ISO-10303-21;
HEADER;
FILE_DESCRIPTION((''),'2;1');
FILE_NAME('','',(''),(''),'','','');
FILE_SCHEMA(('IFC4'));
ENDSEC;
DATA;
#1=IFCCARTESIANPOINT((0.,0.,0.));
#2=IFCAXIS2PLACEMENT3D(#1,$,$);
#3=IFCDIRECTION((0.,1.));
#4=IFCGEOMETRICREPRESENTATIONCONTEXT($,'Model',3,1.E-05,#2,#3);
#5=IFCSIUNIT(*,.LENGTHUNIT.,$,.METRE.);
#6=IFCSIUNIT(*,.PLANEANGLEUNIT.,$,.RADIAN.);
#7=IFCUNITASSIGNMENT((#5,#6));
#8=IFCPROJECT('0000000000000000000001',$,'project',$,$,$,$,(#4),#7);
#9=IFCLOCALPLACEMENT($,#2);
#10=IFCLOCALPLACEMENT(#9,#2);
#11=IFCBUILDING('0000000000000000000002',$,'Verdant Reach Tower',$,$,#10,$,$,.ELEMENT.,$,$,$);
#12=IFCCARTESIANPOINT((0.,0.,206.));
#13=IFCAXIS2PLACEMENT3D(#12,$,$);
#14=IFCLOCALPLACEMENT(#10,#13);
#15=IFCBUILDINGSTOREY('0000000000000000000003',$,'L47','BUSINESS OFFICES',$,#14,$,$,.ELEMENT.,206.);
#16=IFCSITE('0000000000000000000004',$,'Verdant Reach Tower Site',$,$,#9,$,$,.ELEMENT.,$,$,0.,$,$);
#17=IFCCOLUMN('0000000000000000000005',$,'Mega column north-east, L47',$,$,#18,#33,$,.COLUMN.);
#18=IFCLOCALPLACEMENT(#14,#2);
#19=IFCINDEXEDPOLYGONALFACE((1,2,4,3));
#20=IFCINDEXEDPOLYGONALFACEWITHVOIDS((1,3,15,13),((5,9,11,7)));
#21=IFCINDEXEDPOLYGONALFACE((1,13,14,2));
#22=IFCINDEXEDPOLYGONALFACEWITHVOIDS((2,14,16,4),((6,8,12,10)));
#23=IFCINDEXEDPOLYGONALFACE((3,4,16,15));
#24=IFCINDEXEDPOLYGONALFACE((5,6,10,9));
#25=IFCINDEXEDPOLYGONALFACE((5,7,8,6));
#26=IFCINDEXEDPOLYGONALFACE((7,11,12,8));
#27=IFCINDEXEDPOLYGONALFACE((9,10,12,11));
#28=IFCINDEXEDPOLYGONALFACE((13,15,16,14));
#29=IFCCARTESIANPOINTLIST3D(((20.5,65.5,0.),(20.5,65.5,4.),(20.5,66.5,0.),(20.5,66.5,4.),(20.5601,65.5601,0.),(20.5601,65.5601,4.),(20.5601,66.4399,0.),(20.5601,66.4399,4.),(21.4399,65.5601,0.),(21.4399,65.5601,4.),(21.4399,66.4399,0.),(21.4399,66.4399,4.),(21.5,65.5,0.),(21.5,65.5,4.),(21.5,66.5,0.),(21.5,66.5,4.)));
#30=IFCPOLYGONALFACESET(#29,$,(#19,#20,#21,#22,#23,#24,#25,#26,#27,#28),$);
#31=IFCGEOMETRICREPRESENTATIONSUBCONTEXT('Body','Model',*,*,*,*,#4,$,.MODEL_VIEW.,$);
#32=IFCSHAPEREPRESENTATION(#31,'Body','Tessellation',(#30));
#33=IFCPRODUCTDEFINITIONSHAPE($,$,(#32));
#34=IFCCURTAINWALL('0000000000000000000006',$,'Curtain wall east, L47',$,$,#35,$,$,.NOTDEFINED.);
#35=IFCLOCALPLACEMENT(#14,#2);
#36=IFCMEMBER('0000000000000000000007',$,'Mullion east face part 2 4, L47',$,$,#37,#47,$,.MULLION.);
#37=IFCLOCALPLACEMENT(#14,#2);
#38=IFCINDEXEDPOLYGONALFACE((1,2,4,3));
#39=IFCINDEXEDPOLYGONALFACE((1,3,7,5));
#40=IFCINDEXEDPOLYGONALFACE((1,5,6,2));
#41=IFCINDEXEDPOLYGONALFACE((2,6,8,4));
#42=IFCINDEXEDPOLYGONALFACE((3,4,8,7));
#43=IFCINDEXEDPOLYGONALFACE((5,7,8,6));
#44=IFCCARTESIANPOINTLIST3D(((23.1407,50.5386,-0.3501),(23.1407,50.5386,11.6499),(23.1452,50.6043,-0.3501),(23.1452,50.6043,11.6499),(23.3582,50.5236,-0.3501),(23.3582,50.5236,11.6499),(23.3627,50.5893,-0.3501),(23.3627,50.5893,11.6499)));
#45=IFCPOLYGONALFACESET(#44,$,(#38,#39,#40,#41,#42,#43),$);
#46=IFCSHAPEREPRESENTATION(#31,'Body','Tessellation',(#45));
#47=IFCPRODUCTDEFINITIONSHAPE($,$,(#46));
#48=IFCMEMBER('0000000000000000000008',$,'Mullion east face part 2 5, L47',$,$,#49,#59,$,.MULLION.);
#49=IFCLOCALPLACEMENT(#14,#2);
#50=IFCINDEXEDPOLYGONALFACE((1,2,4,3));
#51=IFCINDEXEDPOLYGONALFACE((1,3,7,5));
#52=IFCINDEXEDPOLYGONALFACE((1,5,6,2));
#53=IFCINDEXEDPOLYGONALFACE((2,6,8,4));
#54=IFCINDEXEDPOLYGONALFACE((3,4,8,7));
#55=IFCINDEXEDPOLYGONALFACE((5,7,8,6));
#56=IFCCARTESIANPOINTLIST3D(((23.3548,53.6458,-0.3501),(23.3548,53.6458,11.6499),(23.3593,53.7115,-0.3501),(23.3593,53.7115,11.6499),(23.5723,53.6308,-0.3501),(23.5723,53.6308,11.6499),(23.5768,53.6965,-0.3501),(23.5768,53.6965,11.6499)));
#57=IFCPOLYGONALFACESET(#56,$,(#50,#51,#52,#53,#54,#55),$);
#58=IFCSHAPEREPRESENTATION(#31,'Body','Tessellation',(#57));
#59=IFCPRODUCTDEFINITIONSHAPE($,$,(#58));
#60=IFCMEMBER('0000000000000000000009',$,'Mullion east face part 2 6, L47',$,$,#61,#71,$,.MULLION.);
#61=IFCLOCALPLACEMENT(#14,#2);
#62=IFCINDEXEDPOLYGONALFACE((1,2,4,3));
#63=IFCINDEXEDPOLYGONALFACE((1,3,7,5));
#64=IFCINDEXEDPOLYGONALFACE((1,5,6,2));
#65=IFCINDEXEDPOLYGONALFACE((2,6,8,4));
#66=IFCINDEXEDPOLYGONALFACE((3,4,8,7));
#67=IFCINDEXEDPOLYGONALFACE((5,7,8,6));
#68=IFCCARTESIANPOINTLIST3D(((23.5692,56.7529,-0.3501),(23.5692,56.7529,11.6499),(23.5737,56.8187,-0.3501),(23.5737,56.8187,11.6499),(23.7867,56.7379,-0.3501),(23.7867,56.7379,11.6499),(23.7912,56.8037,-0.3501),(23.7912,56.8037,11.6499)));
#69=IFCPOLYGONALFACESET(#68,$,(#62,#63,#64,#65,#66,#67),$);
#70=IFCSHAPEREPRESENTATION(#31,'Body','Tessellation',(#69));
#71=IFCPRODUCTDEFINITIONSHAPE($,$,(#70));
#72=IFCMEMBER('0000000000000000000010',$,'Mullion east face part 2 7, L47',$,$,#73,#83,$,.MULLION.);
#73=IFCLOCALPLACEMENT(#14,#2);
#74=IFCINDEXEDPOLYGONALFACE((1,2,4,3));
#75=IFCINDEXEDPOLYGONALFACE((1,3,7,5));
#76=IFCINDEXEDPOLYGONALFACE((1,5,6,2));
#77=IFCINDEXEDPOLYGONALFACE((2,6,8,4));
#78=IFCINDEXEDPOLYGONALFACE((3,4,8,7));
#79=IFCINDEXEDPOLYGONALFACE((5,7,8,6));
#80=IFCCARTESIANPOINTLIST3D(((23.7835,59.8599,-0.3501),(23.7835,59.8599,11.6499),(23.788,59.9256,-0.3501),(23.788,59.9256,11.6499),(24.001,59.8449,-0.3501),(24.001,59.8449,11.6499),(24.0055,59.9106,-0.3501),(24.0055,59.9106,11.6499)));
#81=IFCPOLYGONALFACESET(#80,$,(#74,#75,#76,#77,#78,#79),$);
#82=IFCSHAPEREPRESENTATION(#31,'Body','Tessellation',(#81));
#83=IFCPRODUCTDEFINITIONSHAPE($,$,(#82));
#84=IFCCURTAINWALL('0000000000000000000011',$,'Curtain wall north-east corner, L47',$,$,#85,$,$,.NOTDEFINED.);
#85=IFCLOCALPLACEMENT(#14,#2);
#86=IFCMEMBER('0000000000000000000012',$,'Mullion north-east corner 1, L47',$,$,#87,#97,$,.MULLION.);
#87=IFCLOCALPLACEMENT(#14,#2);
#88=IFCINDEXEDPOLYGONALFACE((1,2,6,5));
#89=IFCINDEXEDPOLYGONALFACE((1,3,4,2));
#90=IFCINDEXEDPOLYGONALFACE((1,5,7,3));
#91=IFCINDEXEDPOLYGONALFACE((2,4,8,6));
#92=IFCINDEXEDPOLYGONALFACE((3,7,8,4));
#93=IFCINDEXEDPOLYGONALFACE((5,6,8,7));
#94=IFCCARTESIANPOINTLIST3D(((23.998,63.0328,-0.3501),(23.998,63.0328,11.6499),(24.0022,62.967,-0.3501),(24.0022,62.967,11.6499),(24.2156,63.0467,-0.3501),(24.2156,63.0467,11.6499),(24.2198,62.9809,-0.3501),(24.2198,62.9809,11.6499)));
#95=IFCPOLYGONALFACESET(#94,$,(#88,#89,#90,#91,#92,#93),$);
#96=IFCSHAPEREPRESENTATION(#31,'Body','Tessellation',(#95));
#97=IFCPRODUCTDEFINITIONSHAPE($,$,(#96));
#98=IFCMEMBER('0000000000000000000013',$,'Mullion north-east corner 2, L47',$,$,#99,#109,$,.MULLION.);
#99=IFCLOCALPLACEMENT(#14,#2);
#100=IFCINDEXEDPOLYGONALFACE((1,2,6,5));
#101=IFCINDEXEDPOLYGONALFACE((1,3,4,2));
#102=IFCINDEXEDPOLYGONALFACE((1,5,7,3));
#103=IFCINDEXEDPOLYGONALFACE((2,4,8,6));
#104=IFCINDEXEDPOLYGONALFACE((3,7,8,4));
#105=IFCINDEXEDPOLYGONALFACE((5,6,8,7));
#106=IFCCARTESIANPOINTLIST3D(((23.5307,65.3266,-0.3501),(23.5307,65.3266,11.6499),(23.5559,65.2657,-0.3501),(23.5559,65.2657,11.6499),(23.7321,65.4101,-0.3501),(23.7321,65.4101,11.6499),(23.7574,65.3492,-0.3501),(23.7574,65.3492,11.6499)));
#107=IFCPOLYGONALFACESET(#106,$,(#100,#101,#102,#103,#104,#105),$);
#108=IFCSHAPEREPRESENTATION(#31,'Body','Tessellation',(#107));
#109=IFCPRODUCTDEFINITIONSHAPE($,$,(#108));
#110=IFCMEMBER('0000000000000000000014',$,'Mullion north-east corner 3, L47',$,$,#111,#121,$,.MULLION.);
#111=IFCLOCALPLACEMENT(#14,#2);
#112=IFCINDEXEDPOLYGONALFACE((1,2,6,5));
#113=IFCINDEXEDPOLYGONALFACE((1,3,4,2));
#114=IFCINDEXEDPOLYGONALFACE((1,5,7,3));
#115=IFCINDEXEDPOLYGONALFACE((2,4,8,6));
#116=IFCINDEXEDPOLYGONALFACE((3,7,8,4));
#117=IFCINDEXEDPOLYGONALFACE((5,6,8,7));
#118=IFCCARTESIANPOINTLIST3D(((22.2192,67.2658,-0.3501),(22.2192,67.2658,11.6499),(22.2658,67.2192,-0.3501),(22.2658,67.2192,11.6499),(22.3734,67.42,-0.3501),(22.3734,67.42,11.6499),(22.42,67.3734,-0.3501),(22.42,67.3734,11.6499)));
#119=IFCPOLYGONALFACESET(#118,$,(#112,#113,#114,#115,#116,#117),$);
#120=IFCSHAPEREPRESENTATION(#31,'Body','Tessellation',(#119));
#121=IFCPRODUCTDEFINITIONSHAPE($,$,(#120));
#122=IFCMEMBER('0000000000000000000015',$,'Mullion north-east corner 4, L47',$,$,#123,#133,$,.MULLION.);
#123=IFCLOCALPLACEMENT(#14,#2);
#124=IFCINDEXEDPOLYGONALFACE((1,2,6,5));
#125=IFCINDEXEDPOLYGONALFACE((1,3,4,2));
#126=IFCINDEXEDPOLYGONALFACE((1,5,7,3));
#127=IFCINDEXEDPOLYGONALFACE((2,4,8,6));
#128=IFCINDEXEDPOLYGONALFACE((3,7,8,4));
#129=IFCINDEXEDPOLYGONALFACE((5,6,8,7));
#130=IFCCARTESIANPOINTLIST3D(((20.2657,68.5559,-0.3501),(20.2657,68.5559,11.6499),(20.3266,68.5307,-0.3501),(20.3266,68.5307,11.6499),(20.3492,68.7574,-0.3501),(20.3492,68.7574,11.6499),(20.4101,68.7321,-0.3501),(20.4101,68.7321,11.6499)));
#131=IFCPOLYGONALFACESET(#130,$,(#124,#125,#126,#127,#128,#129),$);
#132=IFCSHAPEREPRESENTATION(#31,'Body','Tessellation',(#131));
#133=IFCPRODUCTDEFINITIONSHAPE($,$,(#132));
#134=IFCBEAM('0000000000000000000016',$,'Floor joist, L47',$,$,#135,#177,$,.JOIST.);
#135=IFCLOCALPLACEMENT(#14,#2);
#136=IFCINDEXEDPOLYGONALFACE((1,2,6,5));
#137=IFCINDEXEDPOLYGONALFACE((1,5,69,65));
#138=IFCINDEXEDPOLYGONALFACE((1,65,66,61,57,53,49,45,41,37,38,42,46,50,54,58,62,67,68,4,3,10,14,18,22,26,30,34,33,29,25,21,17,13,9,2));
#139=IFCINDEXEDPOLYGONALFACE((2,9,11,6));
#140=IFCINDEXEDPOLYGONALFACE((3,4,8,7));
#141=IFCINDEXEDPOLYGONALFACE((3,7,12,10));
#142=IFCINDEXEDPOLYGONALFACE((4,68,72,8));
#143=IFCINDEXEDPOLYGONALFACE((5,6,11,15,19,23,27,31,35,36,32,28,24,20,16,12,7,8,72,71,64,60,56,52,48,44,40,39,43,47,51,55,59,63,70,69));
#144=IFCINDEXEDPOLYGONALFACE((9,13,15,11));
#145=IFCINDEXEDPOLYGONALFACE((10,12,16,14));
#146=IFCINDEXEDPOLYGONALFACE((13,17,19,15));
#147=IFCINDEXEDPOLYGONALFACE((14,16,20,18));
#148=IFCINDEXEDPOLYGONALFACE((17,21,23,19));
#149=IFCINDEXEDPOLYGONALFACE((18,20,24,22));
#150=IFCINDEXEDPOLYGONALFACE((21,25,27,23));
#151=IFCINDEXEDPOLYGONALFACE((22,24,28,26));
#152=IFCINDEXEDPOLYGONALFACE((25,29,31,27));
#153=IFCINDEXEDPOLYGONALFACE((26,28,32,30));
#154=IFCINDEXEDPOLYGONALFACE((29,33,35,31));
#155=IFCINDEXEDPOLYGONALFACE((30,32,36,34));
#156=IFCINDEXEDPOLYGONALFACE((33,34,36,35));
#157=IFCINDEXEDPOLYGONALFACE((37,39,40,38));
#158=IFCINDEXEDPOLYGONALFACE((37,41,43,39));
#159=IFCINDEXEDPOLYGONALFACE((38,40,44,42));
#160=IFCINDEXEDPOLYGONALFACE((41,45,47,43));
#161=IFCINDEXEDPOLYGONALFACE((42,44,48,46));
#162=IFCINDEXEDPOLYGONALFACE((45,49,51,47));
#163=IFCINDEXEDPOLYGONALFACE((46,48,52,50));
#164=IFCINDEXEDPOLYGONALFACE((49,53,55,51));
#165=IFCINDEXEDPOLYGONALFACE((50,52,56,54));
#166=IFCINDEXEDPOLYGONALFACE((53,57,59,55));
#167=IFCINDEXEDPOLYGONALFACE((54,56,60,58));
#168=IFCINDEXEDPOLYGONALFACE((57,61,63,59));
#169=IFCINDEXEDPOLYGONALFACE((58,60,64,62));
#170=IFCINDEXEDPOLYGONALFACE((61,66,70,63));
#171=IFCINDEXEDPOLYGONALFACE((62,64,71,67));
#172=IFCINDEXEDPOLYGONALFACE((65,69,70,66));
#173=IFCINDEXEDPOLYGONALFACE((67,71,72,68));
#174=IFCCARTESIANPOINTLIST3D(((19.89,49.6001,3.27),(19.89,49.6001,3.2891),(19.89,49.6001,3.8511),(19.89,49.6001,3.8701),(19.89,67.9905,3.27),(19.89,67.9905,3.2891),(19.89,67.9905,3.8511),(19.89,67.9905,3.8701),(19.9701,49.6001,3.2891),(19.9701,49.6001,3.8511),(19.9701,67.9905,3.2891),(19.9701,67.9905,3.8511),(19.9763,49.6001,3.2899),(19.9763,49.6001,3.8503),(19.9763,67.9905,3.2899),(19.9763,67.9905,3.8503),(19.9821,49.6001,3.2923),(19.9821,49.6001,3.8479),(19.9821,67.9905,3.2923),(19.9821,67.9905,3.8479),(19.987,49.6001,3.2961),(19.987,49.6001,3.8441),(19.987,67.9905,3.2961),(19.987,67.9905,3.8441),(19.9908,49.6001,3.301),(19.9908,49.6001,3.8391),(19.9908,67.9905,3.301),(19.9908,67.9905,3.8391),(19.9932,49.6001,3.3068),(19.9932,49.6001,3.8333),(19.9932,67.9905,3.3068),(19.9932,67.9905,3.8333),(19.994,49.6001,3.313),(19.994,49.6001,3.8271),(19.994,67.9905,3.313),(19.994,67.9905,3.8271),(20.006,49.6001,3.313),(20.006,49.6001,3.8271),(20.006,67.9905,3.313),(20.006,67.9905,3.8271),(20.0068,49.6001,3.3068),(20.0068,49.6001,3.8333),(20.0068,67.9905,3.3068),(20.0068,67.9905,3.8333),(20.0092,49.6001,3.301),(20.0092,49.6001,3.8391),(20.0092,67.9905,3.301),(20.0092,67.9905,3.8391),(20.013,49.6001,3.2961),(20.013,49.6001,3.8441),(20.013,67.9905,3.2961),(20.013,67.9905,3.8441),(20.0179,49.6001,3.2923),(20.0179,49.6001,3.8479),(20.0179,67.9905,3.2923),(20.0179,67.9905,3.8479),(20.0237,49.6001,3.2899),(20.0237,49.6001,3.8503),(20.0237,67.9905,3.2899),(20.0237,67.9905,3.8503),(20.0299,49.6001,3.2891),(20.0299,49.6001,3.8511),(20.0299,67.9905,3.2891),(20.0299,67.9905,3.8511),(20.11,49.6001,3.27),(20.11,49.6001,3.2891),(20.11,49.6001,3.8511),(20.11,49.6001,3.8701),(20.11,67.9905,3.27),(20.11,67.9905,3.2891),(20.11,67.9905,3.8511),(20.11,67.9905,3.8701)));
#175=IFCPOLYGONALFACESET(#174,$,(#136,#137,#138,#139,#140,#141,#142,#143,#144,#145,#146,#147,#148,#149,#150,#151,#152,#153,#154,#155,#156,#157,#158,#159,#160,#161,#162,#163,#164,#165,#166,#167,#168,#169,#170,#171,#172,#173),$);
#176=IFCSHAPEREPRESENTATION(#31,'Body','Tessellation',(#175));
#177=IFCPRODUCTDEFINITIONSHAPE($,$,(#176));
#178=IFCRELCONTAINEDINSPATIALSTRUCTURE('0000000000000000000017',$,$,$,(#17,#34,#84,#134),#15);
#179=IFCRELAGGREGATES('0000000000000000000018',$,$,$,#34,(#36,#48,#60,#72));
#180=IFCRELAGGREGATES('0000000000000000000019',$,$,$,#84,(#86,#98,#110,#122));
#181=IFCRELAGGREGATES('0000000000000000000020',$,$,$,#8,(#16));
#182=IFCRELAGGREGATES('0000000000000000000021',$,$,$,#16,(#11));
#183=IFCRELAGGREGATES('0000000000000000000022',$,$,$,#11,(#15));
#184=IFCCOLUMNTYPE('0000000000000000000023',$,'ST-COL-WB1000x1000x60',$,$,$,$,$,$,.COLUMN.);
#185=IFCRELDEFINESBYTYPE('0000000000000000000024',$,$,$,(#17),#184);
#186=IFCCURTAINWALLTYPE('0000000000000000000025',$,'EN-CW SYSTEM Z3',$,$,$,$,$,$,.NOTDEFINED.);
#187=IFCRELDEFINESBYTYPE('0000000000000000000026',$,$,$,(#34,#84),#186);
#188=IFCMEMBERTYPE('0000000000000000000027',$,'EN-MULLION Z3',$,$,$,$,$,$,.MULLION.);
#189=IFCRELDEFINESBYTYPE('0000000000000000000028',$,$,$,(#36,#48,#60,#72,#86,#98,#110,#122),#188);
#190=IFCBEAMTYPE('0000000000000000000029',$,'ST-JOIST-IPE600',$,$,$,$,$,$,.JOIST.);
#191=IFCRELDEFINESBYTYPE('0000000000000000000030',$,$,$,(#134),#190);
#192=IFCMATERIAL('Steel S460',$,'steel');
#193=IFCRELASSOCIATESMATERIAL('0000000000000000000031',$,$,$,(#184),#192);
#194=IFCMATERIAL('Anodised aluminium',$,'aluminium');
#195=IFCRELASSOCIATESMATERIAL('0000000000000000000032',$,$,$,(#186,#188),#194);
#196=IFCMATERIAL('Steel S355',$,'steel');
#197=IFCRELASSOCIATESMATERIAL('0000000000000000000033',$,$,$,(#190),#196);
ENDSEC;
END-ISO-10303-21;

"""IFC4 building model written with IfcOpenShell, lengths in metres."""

from ifc_helpers import new_model, si_unit, direction, frame, origin, origin_2d, place, context, subcontext, project, spatial, rectangle, hollow_rectangle, i_section, extrude, material, material_profile, profile_set, type_object, element, aggregate, save


model = new_model("IFC4")

# Units and contexts
model_context = context("Model", 3, precision=1e-05, world=origin(), true_north=direction((0.0, 1.0)))
body_context = subcontext(model_context, "Body", "Model", "MODEL_VIEW")
ifc_project = project(units=[si_unit("LENGTHUNIT", "METRE"), si_unit("PLANEANGLEUNIT", "RADIAN")], contexts=[model_context])

# Site, building, storey
site_placement = place(None, origin())
site = spatial("IfcSite", under=ifc_project, at=site_placement, Name="Verdant Reach Tower Site", CompositionType="ELEMENT", RefElevation=0.0)
building_placement = place(site_placement, origin())
building = spatial("IfcBuilding", under=site, at=building_placement, Name="Verdant Reach Tower", CompositionType="ELEMENT")
storey_placement = place(building_placement, frame((0.0, 0.0, 206.0)))
storey = spatial("IfcBuildingStorey", under=building, at=storey_placement, Name="L47", Description="BUSINESS OFFICES", CompositionType="ELEMENT", Elevation=206.0)

# Column
ifc_material_1 = material(Name="Steel S460", Category="steel")
ifc_material_profile_1 = material_profile(ifc_material_1, hollow_rectangle(XDim=1.0, YDim=1.0, WallThickness=0.0601, at=origin_2d()), Name="WB 1000x1000x60")
ifc_profile_set_1 = profile_set([ifc_material_profile_1], Name="Steel S460")
column_type = type_object("IfcColumnType", Name="ST-COL-WB1000x1000x60", PredefinedType="COLUMN", material=ifc_profile_set_1)
column_placement = place(storey_placement, frame((21.0, 66.0, 0.0), z_axis=(0.0, 0.0, 1.0), x_axis=(1.0, 0.0, 0.0)))
element("IfcColumn", 1, at=column_placement, inside=storey, type_object=column_type, Name="Mega column north-east, L47", PredefinedType="COLUMN", context=body_context, shape_type="SweptSolid", body=[
    extrude(hollow_rectangle(XDim=1.0, YDim=1.0, WallThickness=0.0601, at=origin_2d()), origin(), (0.0, 0.0, 1.0), 4.0),
])

# Curtain walls, members
ifc_material_2 = material(Name="Anodised aluminium", Category="aluminium")
curtain_wall_type = type_object("IfcCurtainWallType", Name="EN-CW SYSTEM Z3", PredefinedType="NOTDEFINED", material=ifc_material_2)
curtain_wall_1_placement = place(storey_placement, origin())
curtain_wall_1 = element("IfcCurtainWall", 2, at=curtain_wall_1_placement, inside=storey, type_object=curtain_wall_type, Name="Curtain wall east, L47", PredefinedType="NOTDEFINED")
ifc_material_profile_2 = material_profile(ifc_material_2, rectangle(XDim=0.218, YDim=0.0659, at=origin_2d()), Name="Mullion 66x218")
ifc_profile_set_2 = profile_set([ifc_material_profile_2], Name="Anodised aluminium")
member_type = type_object("IfcMemberType", Name="EN-MULLION Z3", PredefinedType="MULLION", material=ifc_profile_set_2)
member_1_placement = place(storey_placement, frame((23.2517, 50.564, -0.3501), z_axis=(0.0, 0.0, 1.0), x_axis=(0.99763, -0.068802, 0.0)))
member_1 = element("IfcMember", 3, at=member_1_placement, type_object=member_type, Name="Mullion east face part 2 4, L47", PredefinedType="MULLION", context=body_context, shape_type="SweptSolid", body=[
    extrude(rectangle(XDim=0.218, YDim=0.0659, at=origin_2d()), origin(), (0.0, 0.0, 1.0), 12.0),
])
member_2_placement = place(storey_placement, frame((23.4658, 53.6711, -0.3501), z_axis=(0.0, 0.0, 1.0), x_axis=(0.99763, -0.068802, 0.0)))
member_2 = element("IfcMember", 4, at=member_2_placement, type_object=member_type, Name="Mullion east face part 2 5, L47", PredefinedType="MULLION", context=body_context, shape_type="SweptSolid", body=[
    extrude(rectangle(XDim=0.218, YDim=0.0659, at=origin_2d()), origin(), (0.0, 0.0, 1.0), 12.0),
])
member_3_placement = place(storey_placement, frame((23.6802, 56.7783, -0.3501), z_axis=(0.0, 0.0, 1.0), x_axis=(0.99763, -0.068802, 0.0)))
member_3 = element("IfcMember", 5, at=member_3_placement, type_object=member_type, Name="Mullion east face part 2 6, L47", PredefinedType="MULLION", context=body_context, shape_type="SweptSolid", body=[
    extrude(rectangle(XDim=0.218, YDim=0.0659, at=origin_2d()), origin(), (0.0, 0.0, 1.0), 12.0),
])
member_4_placement = place(storey_placement, frame((23.8945, 59.8853, -0.3501), z_axis=(0.0, 0.0, 1.0), x_axis=(0.99763, -0.068802, 0.0)))
member_4 = element("IfcMember", 6, at=member_4_placement, type_object=member_type, Name="Mullion east face part 2 7, L47", PredefinedType="MULLION", context=body_context, shape_type="SweptSolid", body=[
    extrude(rectangle(XDim=0.218, YDim=0.0659, at=origin_2d()), origin(), (0.0, 0.0, 1.0), 12.0),
])
curtain_wall_2_placement = place(storey_placement, origin())
curtain_wall_2 = element("IfcCurtainWall", 7, at=curtain_wall_2_placement, inside=storey, type_object=curtain_wall_type, Name="Curtain wall north-east corner, L47", PredefinedType="NOTDEFINED")
member_5_placement = place(storey_placement, frame((24.1089, 63.0068, -0.3501), z_axis=(0.0, 0.0, 1.0), x_axis=(0.997969, 0.063699, 0.0)))
member_5 = element("IfcMember", 8, at=member_5_placement, type_object=member_type, Name="Mullion north-east corner 1, L47", PredefinedType="MULLION", context=body_context, shape_type="SweptSolid", body=[
    extrude(rectangle(XDim=0.218, YDim=0.0659, at=origin_2d()), origin(), (0.0, 0.0, 1.0), 12.0),
])
member_6_placement = place(storey_placement, frame((23.644, 65.3379, -0.3501), z_axis=(0.0, 0.0, 1.0), x_axis=(0.923875, 0.382694, 0.0)))
member_6 = element("IfcMember", 9, at=member_6_placement, type_object=member_type, Name="Mullion north-east corner 2, L47", PredefinedType="MULLION", context=body_context, shape_type="SweptSolid", body=[
    extrude(rectangle(XDim=0.218, YDim=0.0659, at=origin_2d()), origin(), (0.0, 0.0, 1.0), 12.0),
])
member_7_placement = place(storey_placement, frame((22.3196, 67.3196, -0.3501), z_axis=(0.0, 0.0, 1.0), x_axis=(0.707107, 0.707107, 0.0)))
member_7 = element("IfcMember", 10, at=member_7_placement, type_object=member_type, Name="Mullion north-east corner 3, L47", PredefinedType="MULLION", context=body_context, shape_type="SweptSolid", body=[
    extrude(rectangle(XDim=0.218, YDim=0.0659, at=origin_2d()), origin(), (0.0, 0.0, 1.0), 12.0),
])
member_8_placement = place(storey_placement, frame((20.3379, 68.644, -0.3501), z_axis=(0.0, 0.0, 1.0), x_axis=(0.382694, 0.923875, 0.0)))
member_8 = element("IfcMember", 11, at=member_8_placement, type_object=member_type, Name="Mullion north-east corner 4, L47", PredefinedType="MULLION", context=body_context, shape_type="SweptSolid", body=[
    extrude(rectangle(XDim=0.218, YDim=0.0659, at=origin_2d()), origin(), (0.0, 0.0, 1.0), 12.0),
])

# Beam
ifc_material_3 = material(Name="Steel S355", Category="steel")
ifc_material_profile_3 = material_profile(ifc_material_3, i_section(OverallWidth=0.22, OverallDepth=0.6001, WebThickness=0.012, FlangeThickness=0.019, FilletRadius=0.0239, at=origin_2d()), Name="IPE 600")
ifc_profile_set_3 = profile_set([ifc_material_profile_3], Name="Steel S355")
beam_type_1 = type_object("IfcBeamType", Name="ST-JOIST-IPE600", PredefinedType="JOIST", material=ifc_profile_set_3)
beam_1_placement = place(storey_placement, frame((20.0, 49.6001, 3.5701), z_axis=(0.0, 1.0, 0.0), x_axis=(-1.0, 0.0, 0.0)))
element("IfcBeam", 12, at=beam_1_placement, inside=storey, type_object=beam_type_1, Name="Floor joist, L47", PredefinedType="JOIST", context=body_context, shape_type="SweptSolid", body=[
    extrude(i_section(OverallWidth=0.22, OverallDepth=0.6001, WebThickness=0.012, FlangeThickness=0.019, FilletRadius=0.0239, at=origin_2d()), origin(), (0.0, 0.0, 1.0), 18.3904),
])

aggregate(curtain_wall_1, [member_1, member_2, member_3, member_4])
aggregate(curtain_wall_2, [member_5, member_6, member_7, member_8])

save(model, "model.ifc")
